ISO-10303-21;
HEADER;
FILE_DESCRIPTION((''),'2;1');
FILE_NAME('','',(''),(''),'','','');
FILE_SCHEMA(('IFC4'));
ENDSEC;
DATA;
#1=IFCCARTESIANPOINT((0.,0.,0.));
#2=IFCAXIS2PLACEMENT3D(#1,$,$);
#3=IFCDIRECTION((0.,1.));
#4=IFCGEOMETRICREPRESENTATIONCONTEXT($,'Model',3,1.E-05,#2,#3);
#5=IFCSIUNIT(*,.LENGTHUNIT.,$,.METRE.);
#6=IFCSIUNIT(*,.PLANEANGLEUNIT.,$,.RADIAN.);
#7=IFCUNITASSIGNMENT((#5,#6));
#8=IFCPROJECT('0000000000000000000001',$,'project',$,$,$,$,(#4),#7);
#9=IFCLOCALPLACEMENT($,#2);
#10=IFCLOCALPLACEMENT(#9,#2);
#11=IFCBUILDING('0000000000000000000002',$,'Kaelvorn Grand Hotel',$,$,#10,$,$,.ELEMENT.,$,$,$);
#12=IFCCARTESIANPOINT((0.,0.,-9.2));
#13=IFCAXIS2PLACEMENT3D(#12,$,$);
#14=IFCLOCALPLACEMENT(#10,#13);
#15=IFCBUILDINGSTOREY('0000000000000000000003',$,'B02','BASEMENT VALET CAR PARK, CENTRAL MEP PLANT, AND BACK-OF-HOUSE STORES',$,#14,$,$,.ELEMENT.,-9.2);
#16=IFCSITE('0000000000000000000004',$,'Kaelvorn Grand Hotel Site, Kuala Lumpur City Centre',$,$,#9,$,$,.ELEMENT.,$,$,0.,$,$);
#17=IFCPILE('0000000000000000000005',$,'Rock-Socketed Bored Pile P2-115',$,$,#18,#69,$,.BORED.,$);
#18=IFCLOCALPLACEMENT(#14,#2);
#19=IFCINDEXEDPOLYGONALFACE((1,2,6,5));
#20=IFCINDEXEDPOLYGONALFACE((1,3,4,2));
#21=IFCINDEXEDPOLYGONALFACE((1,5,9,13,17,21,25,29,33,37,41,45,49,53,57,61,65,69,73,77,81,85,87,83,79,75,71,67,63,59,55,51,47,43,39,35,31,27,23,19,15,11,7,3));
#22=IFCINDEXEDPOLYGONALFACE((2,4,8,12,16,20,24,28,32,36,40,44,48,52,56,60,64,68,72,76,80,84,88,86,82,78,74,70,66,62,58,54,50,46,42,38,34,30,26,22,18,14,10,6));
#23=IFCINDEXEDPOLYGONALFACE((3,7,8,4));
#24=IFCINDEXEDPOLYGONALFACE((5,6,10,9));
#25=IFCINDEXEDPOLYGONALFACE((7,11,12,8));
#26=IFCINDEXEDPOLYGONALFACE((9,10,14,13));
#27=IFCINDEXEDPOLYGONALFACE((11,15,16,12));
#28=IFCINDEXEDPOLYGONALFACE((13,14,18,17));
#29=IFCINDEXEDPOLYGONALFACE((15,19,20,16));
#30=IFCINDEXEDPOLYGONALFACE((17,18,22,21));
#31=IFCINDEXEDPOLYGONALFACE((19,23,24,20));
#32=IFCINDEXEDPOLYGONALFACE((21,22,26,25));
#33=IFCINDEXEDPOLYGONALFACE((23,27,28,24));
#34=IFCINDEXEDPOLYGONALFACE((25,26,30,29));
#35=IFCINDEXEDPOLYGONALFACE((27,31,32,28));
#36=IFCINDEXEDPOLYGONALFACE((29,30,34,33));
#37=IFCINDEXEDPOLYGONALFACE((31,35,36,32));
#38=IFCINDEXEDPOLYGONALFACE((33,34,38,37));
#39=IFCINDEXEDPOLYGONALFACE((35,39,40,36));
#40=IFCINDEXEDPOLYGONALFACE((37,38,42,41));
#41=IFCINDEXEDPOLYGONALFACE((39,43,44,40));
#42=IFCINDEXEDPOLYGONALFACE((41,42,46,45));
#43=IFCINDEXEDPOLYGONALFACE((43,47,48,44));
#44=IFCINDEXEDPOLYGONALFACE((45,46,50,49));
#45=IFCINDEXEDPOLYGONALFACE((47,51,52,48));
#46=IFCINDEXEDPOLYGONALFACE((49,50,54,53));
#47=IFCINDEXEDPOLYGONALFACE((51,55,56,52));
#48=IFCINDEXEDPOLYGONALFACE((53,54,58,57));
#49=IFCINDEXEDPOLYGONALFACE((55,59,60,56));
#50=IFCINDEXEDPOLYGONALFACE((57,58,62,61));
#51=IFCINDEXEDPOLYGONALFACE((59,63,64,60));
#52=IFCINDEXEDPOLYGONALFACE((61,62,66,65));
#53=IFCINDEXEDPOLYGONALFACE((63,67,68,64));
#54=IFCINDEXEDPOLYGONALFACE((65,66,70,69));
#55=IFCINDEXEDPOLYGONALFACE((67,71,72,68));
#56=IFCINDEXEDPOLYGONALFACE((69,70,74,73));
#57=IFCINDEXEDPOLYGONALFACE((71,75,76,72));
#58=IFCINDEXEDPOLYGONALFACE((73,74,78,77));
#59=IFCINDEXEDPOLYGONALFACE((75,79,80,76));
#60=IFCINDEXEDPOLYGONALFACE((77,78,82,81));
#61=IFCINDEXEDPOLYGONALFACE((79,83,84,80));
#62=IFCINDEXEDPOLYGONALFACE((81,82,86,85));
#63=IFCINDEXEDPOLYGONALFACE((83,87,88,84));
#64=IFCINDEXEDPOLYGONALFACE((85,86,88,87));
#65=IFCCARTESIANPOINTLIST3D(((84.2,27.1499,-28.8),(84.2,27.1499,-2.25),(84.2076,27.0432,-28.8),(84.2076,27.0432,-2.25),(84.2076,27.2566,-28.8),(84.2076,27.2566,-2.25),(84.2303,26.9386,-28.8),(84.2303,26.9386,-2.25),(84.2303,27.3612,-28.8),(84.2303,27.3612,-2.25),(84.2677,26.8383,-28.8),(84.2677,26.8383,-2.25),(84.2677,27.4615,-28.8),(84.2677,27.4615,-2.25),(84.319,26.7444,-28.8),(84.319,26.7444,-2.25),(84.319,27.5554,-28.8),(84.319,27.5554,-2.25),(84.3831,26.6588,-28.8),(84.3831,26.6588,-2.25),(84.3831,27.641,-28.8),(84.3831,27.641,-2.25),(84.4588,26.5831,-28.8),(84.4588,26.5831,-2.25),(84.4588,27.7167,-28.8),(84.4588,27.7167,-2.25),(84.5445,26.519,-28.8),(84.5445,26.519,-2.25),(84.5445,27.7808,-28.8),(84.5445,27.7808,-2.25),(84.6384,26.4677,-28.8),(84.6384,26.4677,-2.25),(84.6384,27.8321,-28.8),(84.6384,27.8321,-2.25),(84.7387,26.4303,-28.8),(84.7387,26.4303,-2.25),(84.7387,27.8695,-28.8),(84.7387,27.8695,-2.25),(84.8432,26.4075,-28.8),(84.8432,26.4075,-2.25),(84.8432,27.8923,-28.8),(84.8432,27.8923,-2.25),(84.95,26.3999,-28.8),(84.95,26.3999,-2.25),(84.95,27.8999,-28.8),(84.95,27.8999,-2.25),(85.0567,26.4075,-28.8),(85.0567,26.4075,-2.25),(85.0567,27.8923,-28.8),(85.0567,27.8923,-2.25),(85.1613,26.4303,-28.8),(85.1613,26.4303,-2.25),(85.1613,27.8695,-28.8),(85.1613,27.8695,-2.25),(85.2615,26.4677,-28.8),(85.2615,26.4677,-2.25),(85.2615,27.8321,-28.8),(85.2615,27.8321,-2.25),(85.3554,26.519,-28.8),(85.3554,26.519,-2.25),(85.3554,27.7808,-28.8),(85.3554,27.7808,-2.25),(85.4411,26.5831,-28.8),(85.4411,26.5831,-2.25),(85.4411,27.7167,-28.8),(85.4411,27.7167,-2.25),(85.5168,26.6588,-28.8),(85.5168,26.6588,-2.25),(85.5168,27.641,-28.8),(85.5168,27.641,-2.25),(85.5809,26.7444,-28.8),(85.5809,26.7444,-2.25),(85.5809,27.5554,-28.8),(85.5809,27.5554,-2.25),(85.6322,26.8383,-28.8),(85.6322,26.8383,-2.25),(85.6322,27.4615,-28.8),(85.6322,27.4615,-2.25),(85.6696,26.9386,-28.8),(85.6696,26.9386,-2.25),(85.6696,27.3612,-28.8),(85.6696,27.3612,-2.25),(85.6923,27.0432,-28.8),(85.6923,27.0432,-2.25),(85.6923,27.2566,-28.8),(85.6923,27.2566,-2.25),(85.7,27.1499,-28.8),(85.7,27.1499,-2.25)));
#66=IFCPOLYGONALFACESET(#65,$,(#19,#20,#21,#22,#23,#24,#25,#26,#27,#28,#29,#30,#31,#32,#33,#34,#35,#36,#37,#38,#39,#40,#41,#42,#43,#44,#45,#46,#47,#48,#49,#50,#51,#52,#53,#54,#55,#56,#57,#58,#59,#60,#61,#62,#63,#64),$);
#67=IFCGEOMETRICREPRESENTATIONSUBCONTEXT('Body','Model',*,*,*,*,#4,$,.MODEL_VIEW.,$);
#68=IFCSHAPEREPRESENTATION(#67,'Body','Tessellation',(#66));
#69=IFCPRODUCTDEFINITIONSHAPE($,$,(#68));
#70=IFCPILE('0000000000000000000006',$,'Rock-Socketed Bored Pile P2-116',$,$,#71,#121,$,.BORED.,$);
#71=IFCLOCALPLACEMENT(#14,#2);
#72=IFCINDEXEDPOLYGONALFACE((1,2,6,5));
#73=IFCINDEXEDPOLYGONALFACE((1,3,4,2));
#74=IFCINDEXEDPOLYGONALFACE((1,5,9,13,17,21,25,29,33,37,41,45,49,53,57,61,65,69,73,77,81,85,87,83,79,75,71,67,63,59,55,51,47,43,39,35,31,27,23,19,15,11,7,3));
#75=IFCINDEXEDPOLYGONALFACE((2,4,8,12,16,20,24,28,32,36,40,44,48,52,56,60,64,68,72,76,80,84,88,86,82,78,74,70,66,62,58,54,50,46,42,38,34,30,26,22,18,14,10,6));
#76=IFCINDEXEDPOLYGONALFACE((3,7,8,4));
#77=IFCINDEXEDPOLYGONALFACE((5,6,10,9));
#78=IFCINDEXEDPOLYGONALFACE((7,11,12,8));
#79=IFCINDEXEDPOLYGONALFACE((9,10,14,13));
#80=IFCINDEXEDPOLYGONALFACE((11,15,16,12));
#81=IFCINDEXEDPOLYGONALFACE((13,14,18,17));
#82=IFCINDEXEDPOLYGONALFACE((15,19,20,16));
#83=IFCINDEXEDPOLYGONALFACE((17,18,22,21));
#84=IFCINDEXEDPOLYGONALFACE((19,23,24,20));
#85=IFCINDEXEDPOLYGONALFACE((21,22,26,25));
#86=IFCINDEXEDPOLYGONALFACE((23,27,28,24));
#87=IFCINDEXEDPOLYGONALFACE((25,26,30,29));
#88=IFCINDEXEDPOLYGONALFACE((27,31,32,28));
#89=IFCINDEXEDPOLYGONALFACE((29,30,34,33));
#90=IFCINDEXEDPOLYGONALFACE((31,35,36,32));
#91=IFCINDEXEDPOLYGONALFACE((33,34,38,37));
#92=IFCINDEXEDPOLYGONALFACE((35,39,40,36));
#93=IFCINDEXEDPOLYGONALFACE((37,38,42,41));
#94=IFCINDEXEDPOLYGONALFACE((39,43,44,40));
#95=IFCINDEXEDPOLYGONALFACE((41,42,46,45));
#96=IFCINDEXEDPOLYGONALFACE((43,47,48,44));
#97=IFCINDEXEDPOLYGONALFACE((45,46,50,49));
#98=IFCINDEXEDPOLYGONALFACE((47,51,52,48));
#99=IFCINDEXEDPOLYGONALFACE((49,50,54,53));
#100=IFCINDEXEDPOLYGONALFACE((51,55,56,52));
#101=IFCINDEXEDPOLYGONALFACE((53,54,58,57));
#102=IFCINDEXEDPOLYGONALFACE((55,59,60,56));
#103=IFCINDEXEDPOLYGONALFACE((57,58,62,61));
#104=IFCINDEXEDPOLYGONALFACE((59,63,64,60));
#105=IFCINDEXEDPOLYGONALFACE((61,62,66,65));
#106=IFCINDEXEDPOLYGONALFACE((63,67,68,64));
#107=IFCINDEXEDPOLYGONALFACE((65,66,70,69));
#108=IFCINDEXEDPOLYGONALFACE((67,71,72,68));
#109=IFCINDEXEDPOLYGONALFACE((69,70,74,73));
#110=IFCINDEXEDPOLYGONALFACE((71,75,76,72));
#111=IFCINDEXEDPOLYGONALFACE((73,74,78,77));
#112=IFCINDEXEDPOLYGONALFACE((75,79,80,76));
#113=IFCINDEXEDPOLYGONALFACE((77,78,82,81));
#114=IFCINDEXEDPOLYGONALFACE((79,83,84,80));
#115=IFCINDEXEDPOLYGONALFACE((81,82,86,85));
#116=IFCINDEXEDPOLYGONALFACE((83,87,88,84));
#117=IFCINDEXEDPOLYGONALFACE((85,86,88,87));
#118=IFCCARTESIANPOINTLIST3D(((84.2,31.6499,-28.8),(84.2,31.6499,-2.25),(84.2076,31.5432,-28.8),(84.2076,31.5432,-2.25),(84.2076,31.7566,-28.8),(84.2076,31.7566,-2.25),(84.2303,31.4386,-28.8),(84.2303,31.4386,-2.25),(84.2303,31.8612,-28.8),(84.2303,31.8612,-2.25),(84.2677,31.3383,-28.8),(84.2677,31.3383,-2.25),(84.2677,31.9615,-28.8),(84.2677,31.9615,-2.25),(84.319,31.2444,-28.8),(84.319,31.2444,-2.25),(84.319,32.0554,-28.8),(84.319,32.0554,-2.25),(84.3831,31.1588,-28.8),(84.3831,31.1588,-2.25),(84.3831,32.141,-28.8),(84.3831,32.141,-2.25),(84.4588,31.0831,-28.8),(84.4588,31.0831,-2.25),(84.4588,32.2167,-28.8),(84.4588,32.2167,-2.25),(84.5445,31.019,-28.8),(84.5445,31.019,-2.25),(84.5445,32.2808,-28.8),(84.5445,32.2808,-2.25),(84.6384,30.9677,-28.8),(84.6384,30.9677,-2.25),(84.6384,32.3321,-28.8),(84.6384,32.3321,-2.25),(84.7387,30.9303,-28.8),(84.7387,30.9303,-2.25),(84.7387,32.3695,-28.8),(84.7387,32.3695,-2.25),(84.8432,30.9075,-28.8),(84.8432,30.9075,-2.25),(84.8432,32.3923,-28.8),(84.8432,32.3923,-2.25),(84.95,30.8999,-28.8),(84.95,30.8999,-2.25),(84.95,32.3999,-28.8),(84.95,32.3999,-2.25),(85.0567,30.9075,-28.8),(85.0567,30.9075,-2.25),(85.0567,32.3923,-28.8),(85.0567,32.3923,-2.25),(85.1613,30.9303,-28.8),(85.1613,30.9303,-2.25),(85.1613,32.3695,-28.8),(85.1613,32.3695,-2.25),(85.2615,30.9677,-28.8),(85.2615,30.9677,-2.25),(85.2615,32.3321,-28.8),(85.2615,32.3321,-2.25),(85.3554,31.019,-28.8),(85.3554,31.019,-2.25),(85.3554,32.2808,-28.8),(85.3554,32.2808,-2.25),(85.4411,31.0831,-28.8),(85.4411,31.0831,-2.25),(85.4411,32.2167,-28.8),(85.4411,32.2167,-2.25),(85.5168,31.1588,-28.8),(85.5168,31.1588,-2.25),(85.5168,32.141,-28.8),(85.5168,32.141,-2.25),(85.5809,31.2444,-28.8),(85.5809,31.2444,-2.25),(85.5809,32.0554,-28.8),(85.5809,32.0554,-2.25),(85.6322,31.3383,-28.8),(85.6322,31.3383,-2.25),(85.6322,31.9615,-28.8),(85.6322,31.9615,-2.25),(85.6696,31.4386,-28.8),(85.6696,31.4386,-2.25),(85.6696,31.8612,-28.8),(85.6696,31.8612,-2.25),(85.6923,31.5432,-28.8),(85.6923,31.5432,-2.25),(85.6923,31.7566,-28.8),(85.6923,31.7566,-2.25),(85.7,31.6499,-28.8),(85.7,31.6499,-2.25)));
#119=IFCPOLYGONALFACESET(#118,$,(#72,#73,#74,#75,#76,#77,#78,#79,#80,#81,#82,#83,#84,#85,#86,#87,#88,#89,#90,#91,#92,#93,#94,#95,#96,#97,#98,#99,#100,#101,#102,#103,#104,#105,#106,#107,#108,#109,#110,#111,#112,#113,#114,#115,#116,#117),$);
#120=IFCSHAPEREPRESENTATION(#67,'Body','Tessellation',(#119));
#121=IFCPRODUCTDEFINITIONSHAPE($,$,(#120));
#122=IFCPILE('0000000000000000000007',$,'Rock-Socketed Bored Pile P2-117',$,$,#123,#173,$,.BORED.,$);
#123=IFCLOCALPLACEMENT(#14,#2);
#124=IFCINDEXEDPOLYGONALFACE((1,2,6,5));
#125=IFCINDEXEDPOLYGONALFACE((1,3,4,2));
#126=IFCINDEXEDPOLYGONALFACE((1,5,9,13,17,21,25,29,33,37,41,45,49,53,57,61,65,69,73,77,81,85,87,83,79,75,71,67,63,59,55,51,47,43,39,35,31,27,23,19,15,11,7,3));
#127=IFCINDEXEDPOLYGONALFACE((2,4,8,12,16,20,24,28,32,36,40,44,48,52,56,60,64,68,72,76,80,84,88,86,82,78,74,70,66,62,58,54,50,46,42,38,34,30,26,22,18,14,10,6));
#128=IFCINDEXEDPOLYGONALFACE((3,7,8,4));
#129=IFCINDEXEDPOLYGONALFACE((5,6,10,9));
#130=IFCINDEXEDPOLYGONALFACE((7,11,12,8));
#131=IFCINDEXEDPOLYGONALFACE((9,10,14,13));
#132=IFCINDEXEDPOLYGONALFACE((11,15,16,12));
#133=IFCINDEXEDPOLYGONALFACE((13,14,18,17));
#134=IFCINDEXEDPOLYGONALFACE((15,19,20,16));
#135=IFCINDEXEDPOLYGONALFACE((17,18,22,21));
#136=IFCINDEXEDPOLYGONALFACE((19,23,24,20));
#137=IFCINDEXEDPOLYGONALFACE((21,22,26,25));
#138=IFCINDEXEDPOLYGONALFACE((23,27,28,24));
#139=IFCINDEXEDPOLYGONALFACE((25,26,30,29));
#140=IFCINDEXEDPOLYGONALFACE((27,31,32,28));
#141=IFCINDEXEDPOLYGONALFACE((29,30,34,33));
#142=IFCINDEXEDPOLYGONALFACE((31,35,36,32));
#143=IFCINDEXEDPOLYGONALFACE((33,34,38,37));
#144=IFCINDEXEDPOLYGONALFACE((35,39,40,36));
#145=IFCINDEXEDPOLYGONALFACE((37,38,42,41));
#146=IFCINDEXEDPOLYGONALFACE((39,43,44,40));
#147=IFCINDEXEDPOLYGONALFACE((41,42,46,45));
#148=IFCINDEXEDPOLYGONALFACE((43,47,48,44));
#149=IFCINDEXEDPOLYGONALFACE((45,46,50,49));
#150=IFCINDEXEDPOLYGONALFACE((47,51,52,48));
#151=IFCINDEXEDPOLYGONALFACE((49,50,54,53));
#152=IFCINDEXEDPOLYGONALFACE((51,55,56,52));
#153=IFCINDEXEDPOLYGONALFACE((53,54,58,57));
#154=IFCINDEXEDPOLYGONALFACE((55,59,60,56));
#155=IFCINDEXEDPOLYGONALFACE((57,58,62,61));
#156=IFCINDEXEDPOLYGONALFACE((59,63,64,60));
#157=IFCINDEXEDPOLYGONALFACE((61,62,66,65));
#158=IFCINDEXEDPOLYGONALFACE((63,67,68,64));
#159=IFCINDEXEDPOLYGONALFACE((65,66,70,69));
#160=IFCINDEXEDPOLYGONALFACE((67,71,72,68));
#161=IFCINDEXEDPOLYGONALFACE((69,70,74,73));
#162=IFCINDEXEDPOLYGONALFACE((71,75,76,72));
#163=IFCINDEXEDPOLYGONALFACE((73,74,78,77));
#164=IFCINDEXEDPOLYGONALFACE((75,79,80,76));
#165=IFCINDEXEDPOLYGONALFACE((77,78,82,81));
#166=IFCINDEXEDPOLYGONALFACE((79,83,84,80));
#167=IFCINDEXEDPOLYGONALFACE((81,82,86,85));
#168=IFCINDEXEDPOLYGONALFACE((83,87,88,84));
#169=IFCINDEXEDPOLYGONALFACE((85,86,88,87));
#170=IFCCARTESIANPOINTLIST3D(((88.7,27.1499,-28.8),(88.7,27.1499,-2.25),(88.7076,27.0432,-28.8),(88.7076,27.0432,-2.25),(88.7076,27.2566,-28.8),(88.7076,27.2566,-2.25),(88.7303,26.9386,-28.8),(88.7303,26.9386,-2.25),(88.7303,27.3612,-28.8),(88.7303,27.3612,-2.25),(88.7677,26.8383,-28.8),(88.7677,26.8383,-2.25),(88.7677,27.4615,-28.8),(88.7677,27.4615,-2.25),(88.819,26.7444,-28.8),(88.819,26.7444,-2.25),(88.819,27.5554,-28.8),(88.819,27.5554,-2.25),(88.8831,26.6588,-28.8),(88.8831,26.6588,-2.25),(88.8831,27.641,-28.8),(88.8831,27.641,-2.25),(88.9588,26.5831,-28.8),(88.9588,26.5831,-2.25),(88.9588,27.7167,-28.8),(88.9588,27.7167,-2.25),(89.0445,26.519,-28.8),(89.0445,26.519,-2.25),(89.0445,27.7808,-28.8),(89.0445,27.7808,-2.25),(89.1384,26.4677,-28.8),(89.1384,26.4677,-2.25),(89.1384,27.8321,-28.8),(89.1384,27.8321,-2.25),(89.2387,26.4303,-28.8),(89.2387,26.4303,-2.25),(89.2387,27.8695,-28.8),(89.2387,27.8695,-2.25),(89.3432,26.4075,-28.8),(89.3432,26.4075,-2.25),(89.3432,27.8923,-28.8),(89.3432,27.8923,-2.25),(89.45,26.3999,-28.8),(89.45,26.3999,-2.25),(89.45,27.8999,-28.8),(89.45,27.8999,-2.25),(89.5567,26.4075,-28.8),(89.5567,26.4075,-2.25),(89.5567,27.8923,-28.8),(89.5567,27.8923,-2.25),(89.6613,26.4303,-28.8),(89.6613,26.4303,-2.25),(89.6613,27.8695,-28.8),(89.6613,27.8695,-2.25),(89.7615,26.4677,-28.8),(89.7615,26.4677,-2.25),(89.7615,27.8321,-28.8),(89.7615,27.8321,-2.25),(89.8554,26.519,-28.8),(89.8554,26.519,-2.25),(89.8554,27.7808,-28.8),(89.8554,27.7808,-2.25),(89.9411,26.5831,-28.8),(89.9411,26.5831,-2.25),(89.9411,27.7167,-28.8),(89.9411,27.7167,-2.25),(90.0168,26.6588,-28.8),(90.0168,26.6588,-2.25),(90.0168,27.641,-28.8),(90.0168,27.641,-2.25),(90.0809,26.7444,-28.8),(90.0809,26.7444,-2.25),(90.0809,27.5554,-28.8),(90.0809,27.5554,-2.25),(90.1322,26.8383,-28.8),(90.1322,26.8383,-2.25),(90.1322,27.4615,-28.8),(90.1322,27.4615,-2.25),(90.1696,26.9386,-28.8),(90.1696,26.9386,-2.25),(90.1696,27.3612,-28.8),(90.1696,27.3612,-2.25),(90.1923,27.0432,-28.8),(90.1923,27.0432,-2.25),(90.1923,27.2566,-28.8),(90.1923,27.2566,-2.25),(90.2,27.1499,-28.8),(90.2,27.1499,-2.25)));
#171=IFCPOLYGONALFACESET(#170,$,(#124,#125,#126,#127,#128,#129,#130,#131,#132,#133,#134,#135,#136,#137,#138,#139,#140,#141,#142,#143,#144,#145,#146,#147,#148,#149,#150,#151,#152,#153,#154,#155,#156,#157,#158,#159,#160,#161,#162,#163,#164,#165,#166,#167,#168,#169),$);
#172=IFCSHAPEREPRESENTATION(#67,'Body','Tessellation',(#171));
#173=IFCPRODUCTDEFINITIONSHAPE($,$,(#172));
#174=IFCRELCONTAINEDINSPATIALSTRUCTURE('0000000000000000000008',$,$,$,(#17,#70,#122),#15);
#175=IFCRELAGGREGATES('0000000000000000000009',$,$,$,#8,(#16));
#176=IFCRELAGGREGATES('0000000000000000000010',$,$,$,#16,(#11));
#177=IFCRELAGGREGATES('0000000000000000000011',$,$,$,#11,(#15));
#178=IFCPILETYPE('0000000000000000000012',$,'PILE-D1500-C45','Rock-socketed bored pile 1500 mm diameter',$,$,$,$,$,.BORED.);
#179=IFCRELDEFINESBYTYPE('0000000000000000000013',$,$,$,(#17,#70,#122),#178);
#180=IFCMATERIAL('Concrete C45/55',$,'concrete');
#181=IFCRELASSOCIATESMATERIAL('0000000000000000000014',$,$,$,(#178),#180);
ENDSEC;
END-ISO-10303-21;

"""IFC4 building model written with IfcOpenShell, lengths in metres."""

from ifc_helpers import new_model, si_unit, direction, frame, origin, origin_2d, place, context, subcontext, project, spatial, circle, extrude, material, material_profile, profile_set, type_object, element, save


model = new_model("IFC4")

# Units and contexts
model_context = context("Model", 3, precision=1e-05, world=origin(), true_north=direction((0.0, 1.0)))
body_context = subcontext(model_context, "Body", "Model", "MODEL_VIEW")
ifc_project = project(units=[si_unit("LENGTHUNIT", "METRE"), si_unit("PLANEANGLEUNIT", "RADIAN")], contexts=[model_context])

# Site, building, storey
site_placement = place(None, origin())
site = spatial("IfcSite", under=ifc_project, at=site_placement, Name="Kaelvorn Grand Hotel Site, Kuala Lumpur City Centre", CompositionType="ELEMENT", RefElevation=0.0)
building_placement = place(site_placement, origin())
building = spatial("IfcBuilding", under=site, at=building_placement, Name="Kaelvorn Grand Hotel", CompositionType="ELEMENT")
storey_placement = place(building_placement, frame((0.0, 0.0, -9.2)))
storey = spatial("IfcBuildingStorey", under=building, at=storey_placement, Name="B02", Description="BASEMENT VALET CAR PARK, CENTRAL MEP PLANT, AND BACK-OF-HOUSE STORES", CompositionType="ELEMENT", Elevation=-9.2)

# Piles
ifc_material_1 = material(Name="Concrete C45/55", Category="concrete")
ifc_material_profile_1 = material_profile(ifc_material_1, circle(Radius=0.75, at=origin_2d()), Name="BORED PILE D1500")
ifc_profile_set_1 = profile_set([ifc_material_profile_1], Name="Concrete C45/55")
pile_type_1 = type_object("IfcPileType", Name="PILE-D1500-C45", Description="Rock-socketed bored pile 1500 mm diameter", PredefinedType="BORED", material=ifc_profile_set_1)
for number, where, z_axis, x_axis, name in (
    (1, (84.95, 27.1499, -2.25), (0.0, 0.0, -1.0), (1.0, 0.0, 0.0), "Rock-Socketed Bored Pile P2-115"),
    (2, (84.95, 31.6499, -2.25), (0.0, 0.0, -1.0), (1.0, 0.0, 0.0), "Rock-Socketed Bored Pile P2-116"),
    (3, (89.45, 27.1499, -2.25), (0.0, 0.0, -1.0), (1.0, 0.0, 0.0), "Rock-Socketed Bored Pile P2-117"),
):
    element("IfcPile", number, at=place(storey_placement, frame(where, z_axis=z_axis, x_axis=x_axis)), inside=storey, type_object=pile_type_1, Name=name, PredefinedType="BORED", context=body_context, shape_type="SweptSolid", body=[
        extrude(circle(Radius=0.75, at=origin_2d()), origin(), (0.0, 0.0, 1.0), 26.55),
    ])

save(model, "model.ifc")
